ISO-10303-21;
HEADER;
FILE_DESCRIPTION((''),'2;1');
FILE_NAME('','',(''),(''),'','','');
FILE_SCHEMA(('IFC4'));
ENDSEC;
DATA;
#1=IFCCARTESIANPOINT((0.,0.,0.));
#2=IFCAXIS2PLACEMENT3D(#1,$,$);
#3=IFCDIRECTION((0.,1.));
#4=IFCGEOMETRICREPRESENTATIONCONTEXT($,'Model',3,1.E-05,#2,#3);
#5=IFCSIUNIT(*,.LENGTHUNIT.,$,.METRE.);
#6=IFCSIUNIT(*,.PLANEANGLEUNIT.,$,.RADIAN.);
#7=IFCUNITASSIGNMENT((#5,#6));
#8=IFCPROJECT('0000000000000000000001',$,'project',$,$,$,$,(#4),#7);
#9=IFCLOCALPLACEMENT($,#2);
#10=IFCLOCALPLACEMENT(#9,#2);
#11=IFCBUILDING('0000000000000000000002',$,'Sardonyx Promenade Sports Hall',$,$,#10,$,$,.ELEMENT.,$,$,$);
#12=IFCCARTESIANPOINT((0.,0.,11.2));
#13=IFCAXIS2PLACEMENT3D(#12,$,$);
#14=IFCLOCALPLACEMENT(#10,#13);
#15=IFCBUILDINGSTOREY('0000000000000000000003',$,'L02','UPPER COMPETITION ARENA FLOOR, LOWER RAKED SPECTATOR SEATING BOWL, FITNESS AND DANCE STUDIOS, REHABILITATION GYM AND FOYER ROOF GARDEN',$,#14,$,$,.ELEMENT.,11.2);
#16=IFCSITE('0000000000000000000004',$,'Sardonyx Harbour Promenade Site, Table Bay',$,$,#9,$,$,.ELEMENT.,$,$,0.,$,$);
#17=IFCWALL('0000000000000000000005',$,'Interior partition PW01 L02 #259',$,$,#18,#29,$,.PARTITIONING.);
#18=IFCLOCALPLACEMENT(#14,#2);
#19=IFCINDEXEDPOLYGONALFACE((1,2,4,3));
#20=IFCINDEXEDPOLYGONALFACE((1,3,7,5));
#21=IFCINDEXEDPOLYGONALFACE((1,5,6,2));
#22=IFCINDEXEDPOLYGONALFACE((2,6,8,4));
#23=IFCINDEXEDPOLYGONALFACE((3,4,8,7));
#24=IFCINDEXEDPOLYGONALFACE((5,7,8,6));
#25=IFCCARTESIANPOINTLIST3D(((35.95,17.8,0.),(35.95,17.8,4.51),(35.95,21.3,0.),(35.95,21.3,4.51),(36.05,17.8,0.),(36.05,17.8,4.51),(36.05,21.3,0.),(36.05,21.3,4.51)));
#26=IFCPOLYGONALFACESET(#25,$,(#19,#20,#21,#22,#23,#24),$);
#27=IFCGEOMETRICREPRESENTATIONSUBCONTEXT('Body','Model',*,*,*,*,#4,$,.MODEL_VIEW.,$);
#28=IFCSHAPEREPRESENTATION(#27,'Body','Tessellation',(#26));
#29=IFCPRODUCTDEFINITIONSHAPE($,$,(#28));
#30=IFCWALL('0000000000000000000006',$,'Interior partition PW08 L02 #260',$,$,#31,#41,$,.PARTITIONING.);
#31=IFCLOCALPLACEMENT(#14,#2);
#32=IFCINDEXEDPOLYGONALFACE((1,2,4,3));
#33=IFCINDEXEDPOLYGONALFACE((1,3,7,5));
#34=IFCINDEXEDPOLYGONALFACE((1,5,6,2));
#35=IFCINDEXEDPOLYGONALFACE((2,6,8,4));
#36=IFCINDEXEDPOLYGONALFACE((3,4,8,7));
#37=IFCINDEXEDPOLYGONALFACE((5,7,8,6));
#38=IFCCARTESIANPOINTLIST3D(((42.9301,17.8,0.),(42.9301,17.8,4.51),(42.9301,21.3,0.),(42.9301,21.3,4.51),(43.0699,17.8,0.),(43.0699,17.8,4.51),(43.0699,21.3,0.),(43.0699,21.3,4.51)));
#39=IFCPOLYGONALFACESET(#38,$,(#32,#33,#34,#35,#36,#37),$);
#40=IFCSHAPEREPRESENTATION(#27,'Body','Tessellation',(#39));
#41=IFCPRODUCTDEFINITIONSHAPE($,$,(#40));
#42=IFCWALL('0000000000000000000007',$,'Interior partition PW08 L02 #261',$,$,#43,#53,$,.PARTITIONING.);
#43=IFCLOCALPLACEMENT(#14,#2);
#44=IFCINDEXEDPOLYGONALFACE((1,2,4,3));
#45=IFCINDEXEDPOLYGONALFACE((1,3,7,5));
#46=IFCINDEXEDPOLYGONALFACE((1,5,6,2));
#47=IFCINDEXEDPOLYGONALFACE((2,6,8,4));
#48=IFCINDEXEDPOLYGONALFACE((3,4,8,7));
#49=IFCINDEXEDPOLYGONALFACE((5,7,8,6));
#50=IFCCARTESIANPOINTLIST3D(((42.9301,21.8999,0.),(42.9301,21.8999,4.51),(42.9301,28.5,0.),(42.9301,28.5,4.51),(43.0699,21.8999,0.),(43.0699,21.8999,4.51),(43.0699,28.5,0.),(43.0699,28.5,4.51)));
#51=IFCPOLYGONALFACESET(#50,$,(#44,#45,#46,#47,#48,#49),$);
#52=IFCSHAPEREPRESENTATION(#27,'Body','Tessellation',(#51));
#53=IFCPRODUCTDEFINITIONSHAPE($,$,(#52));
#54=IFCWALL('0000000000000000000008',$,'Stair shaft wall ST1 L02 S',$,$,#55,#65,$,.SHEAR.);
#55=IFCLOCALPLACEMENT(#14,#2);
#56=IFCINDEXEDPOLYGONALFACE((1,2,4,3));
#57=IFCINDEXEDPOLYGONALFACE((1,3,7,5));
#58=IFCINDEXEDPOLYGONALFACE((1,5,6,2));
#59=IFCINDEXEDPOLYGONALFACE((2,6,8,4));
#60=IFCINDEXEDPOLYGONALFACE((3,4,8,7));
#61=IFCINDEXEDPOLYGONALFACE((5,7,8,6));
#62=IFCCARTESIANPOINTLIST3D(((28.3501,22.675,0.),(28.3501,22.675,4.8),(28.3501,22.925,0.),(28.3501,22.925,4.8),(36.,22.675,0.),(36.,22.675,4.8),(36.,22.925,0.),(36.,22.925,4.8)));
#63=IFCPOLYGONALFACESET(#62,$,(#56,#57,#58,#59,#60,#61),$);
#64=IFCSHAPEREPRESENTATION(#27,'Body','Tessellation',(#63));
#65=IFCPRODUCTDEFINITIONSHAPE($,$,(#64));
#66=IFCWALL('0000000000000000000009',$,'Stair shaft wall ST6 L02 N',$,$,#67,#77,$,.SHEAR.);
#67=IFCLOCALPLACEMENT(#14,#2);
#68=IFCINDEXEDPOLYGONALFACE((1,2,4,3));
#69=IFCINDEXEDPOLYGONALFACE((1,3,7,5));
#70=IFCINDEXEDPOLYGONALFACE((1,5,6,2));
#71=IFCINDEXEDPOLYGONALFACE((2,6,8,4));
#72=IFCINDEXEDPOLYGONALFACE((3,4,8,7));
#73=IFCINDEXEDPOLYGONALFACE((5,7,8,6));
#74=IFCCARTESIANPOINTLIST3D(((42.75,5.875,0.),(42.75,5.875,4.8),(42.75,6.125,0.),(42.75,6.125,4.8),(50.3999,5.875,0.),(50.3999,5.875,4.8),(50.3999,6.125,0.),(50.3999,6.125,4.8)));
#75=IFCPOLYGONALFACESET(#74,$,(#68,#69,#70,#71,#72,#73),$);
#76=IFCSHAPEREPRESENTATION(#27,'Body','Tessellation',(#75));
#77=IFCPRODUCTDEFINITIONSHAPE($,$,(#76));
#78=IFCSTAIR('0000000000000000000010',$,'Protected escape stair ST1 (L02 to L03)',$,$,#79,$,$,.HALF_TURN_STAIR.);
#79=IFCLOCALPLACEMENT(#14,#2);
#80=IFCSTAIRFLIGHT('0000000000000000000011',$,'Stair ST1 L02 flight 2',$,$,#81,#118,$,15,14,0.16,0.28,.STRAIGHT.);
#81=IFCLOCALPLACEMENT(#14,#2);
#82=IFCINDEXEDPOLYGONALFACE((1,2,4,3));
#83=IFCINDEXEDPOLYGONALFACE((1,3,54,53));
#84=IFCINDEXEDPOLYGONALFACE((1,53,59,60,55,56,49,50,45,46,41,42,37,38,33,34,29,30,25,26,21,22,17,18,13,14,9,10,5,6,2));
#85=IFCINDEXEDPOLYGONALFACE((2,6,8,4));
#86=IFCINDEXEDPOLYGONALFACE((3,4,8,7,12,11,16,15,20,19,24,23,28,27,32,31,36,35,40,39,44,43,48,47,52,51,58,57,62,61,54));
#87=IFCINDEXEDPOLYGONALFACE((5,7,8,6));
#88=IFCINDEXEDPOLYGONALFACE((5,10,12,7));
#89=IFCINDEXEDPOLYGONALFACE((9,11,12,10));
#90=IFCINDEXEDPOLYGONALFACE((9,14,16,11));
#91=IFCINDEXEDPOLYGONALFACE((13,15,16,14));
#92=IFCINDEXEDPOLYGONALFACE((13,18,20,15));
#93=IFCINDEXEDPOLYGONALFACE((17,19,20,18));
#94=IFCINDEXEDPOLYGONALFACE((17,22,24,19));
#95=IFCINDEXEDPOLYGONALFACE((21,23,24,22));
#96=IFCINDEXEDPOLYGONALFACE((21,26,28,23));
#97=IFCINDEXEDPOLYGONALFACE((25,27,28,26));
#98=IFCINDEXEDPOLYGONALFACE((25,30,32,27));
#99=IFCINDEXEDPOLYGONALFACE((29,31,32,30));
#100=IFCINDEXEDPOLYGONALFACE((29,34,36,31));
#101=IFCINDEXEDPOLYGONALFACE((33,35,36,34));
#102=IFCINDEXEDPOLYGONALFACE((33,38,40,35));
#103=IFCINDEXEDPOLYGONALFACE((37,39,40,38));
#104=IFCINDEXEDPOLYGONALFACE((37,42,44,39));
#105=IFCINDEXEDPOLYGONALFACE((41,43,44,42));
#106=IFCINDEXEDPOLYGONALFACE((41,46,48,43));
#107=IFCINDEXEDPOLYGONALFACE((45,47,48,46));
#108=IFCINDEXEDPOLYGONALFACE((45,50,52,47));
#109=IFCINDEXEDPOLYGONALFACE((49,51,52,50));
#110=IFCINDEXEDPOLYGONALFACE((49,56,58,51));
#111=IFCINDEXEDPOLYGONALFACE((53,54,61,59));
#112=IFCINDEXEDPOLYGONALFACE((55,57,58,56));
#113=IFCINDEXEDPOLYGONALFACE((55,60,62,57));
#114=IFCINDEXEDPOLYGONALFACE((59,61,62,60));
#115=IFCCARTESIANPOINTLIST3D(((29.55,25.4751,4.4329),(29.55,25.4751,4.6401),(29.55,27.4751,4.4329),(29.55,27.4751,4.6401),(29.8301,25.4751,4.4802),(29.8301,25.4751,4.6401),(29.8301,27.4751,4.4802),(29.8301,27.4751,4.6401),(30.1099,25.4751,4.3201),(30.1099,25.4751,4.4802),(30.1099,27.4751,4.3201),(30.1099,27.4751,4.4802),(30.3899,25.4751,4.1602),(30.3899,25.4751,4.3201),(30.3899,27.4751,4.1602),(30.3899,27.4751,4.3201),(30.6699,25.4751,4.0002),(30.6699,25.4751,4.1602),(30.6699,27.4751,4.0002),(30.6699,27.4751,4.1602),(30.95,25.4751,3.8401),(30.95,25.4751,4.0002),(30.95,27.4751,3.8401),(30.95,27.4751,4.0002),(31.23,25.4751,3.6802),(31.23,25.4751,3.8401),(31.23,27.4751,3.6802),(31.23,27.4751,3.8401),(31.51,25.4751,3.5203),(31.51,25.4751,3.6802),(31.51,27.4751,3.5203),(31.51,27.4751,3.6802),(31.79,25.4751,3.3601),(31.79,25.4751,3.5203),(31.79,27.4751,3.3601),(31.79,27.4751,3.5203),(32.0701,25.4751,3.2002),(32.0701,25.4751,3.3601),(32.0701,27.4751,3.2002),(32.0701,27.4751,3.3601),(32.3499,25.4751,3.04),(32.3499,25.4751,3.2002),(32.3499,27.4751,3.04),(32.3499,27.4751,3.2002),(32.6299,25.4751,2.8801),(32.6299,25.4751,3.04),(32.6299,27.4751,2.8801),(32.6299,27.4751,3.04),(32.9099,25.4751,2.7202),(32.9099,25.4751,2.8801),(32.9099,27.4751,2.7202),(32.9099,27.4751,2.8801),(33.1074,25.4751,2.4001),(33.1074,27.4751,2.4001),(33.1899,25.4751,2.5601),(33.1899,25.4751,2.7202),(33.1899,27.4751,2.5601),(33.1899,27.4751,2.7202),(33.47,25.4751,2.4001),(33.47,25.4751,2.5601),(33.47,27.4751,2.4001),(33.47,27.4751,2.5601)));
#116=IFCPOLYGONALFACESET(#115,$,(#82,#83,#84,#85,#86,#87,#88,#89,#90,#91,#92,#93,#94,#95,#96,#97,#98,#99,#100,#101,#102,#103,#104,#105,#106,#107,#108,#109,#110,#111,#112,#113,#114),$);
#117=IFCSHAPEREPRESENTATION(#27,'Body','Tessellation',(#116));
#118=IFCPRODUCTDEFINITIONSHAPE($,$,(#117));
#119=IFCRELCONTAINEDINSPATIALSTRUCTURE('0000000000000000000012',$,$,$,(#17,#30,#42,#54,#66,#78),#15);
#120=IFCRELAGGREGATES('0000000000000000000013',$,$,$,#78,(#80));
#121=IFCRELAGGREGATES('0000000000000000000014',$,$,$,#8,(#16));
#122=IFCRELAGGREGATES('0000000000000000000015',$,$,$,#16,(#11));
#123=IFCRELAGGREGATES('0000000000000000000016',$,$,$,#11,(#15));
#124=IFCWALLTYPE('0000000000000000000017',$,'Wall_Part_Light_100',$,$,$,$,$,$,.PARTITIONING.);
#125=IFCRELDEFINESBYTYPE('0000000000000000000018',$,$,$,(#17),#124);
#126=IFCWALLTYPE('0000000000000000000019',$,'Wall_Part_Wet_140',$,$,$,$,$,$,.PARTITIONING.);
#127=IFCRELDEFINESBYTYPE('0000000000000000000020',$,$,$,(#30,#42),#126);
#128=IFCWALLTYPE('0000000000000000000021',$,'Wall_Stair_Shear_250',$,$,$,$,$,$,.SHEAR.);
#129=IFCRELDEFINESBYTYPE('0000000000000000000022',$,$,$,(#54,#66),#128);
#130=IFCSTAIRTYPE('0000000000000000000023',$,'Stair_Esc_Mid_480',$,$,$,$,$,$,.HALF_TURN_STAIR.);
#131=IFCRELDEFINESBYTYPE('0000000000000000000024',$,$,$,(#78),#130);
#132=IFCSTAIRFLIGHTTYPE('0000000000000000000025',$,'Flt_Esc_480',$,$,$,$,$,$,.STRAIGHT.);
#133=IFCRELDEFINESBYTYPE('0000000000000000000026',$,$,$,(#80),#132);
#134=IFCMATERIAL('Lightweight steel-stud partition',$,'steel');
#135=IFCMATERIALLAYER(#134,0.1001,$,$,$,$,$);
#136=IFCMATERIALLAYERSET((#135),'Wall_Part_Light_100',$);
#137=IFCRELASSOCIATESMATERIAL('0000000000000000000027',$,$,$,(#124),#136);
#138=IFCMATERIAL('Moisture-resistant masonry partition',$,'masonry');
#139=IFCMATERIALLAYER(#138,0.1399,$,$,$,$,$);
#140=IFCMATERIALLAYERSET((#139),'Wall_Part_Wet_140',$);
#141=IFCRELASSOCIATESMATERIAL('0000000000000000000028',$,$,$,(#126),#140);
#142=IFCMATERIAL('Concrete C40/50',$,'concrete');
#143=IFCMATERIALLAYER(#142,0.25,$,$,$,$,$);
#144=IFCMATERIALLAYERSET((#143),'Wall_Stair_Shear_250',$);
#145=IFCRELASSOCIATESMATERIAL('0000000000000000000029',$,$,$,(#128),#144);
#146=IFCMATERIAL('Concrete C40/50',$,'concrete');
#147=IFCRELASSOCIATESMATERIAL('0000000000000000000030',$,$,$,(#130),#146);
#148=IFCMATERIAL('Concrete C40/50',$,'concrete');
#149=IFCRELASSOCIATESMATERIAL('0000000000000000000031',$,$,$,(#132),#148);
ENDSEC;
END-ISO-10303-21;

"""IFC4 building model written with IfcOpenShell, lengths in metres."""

from ifc_helpers import new_model, si_unit, direction, frame, frame_2d, origin, place, context, subcontext, project, spatial, polyline, rectangle, outline, extrude, material, layer, layer_set, type_object, element, aggregate, save


model = new_model("IFC4")

# Units and contexts
model_context = context("Model", 3, precision=1e-05, world=origin(), true_north=direction((0.0, 1.0)))
body_context = subcontext(model_context, "Body", "Model", "MODEL_VIEW")
ifc_project = project(units=[si_unit("LENGTHUNIT", "METRE"), si_unit("PLANEANGLEUNIT", "RADIAN")], contexts=[model_context])

# Site, building, storey
site_placement = place(None, origin())
site = spatial("IfcSite", under=ifc_project, at=site_placement, Name="Sardonyx Harbour Promenade Site, Table Bay", CompositionType="ELEMENT", RefElevation=0.0)
building_placement = place(site_placement, origin())
building = spatial("IfcBuilding", under=site, at=building_placement, Name="Sardonyx Promenade Sports Hall", CompositionType="ELEMENT")
storey_placement = place(building_placement, frame((0.0, 0.0, 11.2)))
storey = spatial("IfcBuildingStorey", under=building, at=storey_placement, Name="L02", Description="UPPER COMPETITION ARENA FLOOR, LOWER RAKED SPECTATOR SEATING BOWL, FITNESS AND DANCE STUDIOS, REHABILITATION GYM AND FOYER ROOF GARDEN", CompositionType="ELEMENT", Elevation=11.2)

# Walls
ifc_material_1 = material(Name="Lightweight steel-stud partition", Category="steel")
ifc_layer_1 = layer(ifc_material_1, 0.1001)
ifc_layer_set_1 = layer_set([ifc_layer_1], Name="Wall_Part_Light_100")
wall_type_1 = type_object("IfcWallType", Name="Wall_Part_Light_100", PredefinedType="PARTITIONING", material=ifc_layer_set_1)
wall_1_placement = place(storey_placement, frame((36.0, 17.8, 0.0), z_axis=(0.0, 0.0, 1.0), x_axis=(0.0, 1.0, 0.0)))
element("IfcWall", 1, at=wall_1_placement, inside=storey, type_object=wall_type_1, Name="Interior partition PW01 L02 #259", PredefinedType="PARTITIONING", context=body_context, shape_type="SweptSolid", body=[
    extrude(rectangle(XDim=3.5, YDim=0.1001, at=frame_2d((1.75, 0.0))), origin(), (0.0, 0.0, 1.0), 4.51),
])
ifc_material_2 = material(Name="Moisture-resistant masonry partition", Category="masonry")
ifc_layer_2 = layer(ifc_material_2, 0.1399)
ifc_layer_set_2 = layer_set([ifc_layer_2], Name="Wall_Part_Wet_140")
wall_type_2 = type_object("IfcWallType", Name="Wall_Part_Wet_140", PredefinedType="PARTITIONING", material=ifc_layer_set_2)
wall_2_placement = place(storey_placement, frame((43.0, 17.8, 0.0), z_axis=(0.0, 0.0, 1.0), x_axis=(0.0, 1.0, 0.0)))
element("IfcWall", 2, at=wall_2_placement, inside=storey, type_object=wall_type_2, Name="Interior partition PW08 L02 #260", PredefinedType="PARTITIONING", context=body_context, shape_type="SweptSolid", body=[
    extrude(rectangle(XDim=3.5, YDim=0.1399, at=frame_2d((1.75, 0.0))), origin(), (0.0, 0.0, 1.0), 4.51),
])
wall_3_placement = place(storey_placement, frame((43.0, 21.8999, 0.0), z_axis=(0.0, 0.0, 1.0), x_axis=(0.0, 1.0, 0.0)))
element("IfcWall", 3, at=wall_3_placement, inside=storey, type_object=wall_type_2, Name="Interior partition PW08 L02 #261", PredefinedType="PARTITIONING", context=body_context, shape_type="SweptSolid", body=[
    extrude(rectangle(XDim=6.6001, YDim=0.1399, at=frame_2d((3.3, 0.0))), origin(), (0.0, 0.0, 1.0), 4.51),
])
ifc_material_3 = material(Name="Concrete C40/50", Category="concrete")
ifc_layer_3 = layer(ifc_material_3, 0.25)
ifc_layer_set_3 = layer_set([ifc_layer_3], Name="Wall_Stair_Shear_250")
wall_type_3 = type_object("IfcWallType", Name="Wall_Stair_Shear_250", PredefinedType="SHEAR", material=ifc_layer_set_3)
for number, where, z_axis, x_axis, name in (
    (4, (36.0, 22.8, 0.0), (0.0, 0.0, 1.0), (-1.0, 0.0, 0.0), "Stair shaft wall ST1 L02 S"),
    (5, (42.75, 6.0, 0.0), (0.0, 0.0, 1.0), (1.0, 0.0, 0.0), "Stair shaft wall ST6 L02 N"),
):
    element("IfcWall", number, at=place(storey_placement, frame(where, z_axis=z_axis, x_axis=x_axis)), inside=storey, type_object=wall_type_3, Name=name, PredefinedType="SHEAR", context=body_context, shape_type="SweptSolid", body=[
        extrude(rectangle(XDim=7.6499, YDim=0.25, at=frame_2d((3.825, 0.0))), origin(), (0.0, 0.0, 1.0), 4.8),
    ])

# Stair, stair flight
ifc_material_4 = material(Name="Concrete C40/50", Category="concrete")
stair_type = type_object("IfcStairType", Name="Stair_Esc_Mid_480", PredefinedType="HALF_TURN_STAIR", material=ifc_material_4)
stair_placement = place(storey_placement, origin())
stair = element("IfcStair", 6, at=stair_placement, inside=storey, type_object=stair_type, Name="Protected escape stair ST1 (L02 to L03)", PredefinedType="HALF_TURN_STAIR")
ifc_material_5 = material(Name="Concrete C40/50", Category="concrete")
stair_flight_type = type_object("IfcStairFlightType", Name="Flt_Esc_480", PredefinedType="STRAIGHT", material=ifc_material_5)
stair_flight_placement = place(storey_placement, frame((33.47, 26.4751, 2.4001), z_axis=(0.0, 0.0, 1.0), x_axis=(-1.0, 0.0, 0.0)))
stair_flight = element("IfcStairFlight", 7, at=stair_flight_placement, type_object=stair_flight_type, Name="Stair ST1 L02 flight 2", NumberOfRisers=15, NumberOfTreads=14, PredefinedType="STRAIGHT", RiserHeight=0.16, TreadLength=0.28, context=body_context, shape_type="SweptSolid", body=[
    extrude(outline(polyline([(0.0, 0.0), (0.0, 0.1599), (0.28, 0.1599), (0.28, 0.3201), (0.5601, 0.3201), (0.5601, 0.48), (0.8401, 0.48), (0.8401, 0.6399), (1.1201, 0.6399), (1.1201, 0.8), (1.3999, 0.8), (1.3999, 0.96), (1.6799, 0.96), (1.6799, 1.1201), (1.96, 1.1201), (1.96, 1.28), (2.24, 1.28), (2.24, 1.4399), (2.52, 1.4399), (2.52, 1.6001), (2.8, 1.6001), (2.8, 1.76), (3.0801, 1.76), (3.0801, 1.9199), (3.3601, 1.9199), (3.3601, 2.0801), (3.6399, 2.0801), (3.6399, 2.24), (3.9199, 2.24), (3.9199, 2.3999), (3.9199, 2.0327), (0.3625, 0.0), (0.0, 0.0)])), frame((0.0, 1.0, 0.0), z_axis=(0.0, -1.0, 0.0), x_axis=(1.0, 0.0, 0.0)), (0.0, 0.0, 1.0), 2.0),
])
aggregate(stair, [stair_flight])

save(model, "model.ifc")
